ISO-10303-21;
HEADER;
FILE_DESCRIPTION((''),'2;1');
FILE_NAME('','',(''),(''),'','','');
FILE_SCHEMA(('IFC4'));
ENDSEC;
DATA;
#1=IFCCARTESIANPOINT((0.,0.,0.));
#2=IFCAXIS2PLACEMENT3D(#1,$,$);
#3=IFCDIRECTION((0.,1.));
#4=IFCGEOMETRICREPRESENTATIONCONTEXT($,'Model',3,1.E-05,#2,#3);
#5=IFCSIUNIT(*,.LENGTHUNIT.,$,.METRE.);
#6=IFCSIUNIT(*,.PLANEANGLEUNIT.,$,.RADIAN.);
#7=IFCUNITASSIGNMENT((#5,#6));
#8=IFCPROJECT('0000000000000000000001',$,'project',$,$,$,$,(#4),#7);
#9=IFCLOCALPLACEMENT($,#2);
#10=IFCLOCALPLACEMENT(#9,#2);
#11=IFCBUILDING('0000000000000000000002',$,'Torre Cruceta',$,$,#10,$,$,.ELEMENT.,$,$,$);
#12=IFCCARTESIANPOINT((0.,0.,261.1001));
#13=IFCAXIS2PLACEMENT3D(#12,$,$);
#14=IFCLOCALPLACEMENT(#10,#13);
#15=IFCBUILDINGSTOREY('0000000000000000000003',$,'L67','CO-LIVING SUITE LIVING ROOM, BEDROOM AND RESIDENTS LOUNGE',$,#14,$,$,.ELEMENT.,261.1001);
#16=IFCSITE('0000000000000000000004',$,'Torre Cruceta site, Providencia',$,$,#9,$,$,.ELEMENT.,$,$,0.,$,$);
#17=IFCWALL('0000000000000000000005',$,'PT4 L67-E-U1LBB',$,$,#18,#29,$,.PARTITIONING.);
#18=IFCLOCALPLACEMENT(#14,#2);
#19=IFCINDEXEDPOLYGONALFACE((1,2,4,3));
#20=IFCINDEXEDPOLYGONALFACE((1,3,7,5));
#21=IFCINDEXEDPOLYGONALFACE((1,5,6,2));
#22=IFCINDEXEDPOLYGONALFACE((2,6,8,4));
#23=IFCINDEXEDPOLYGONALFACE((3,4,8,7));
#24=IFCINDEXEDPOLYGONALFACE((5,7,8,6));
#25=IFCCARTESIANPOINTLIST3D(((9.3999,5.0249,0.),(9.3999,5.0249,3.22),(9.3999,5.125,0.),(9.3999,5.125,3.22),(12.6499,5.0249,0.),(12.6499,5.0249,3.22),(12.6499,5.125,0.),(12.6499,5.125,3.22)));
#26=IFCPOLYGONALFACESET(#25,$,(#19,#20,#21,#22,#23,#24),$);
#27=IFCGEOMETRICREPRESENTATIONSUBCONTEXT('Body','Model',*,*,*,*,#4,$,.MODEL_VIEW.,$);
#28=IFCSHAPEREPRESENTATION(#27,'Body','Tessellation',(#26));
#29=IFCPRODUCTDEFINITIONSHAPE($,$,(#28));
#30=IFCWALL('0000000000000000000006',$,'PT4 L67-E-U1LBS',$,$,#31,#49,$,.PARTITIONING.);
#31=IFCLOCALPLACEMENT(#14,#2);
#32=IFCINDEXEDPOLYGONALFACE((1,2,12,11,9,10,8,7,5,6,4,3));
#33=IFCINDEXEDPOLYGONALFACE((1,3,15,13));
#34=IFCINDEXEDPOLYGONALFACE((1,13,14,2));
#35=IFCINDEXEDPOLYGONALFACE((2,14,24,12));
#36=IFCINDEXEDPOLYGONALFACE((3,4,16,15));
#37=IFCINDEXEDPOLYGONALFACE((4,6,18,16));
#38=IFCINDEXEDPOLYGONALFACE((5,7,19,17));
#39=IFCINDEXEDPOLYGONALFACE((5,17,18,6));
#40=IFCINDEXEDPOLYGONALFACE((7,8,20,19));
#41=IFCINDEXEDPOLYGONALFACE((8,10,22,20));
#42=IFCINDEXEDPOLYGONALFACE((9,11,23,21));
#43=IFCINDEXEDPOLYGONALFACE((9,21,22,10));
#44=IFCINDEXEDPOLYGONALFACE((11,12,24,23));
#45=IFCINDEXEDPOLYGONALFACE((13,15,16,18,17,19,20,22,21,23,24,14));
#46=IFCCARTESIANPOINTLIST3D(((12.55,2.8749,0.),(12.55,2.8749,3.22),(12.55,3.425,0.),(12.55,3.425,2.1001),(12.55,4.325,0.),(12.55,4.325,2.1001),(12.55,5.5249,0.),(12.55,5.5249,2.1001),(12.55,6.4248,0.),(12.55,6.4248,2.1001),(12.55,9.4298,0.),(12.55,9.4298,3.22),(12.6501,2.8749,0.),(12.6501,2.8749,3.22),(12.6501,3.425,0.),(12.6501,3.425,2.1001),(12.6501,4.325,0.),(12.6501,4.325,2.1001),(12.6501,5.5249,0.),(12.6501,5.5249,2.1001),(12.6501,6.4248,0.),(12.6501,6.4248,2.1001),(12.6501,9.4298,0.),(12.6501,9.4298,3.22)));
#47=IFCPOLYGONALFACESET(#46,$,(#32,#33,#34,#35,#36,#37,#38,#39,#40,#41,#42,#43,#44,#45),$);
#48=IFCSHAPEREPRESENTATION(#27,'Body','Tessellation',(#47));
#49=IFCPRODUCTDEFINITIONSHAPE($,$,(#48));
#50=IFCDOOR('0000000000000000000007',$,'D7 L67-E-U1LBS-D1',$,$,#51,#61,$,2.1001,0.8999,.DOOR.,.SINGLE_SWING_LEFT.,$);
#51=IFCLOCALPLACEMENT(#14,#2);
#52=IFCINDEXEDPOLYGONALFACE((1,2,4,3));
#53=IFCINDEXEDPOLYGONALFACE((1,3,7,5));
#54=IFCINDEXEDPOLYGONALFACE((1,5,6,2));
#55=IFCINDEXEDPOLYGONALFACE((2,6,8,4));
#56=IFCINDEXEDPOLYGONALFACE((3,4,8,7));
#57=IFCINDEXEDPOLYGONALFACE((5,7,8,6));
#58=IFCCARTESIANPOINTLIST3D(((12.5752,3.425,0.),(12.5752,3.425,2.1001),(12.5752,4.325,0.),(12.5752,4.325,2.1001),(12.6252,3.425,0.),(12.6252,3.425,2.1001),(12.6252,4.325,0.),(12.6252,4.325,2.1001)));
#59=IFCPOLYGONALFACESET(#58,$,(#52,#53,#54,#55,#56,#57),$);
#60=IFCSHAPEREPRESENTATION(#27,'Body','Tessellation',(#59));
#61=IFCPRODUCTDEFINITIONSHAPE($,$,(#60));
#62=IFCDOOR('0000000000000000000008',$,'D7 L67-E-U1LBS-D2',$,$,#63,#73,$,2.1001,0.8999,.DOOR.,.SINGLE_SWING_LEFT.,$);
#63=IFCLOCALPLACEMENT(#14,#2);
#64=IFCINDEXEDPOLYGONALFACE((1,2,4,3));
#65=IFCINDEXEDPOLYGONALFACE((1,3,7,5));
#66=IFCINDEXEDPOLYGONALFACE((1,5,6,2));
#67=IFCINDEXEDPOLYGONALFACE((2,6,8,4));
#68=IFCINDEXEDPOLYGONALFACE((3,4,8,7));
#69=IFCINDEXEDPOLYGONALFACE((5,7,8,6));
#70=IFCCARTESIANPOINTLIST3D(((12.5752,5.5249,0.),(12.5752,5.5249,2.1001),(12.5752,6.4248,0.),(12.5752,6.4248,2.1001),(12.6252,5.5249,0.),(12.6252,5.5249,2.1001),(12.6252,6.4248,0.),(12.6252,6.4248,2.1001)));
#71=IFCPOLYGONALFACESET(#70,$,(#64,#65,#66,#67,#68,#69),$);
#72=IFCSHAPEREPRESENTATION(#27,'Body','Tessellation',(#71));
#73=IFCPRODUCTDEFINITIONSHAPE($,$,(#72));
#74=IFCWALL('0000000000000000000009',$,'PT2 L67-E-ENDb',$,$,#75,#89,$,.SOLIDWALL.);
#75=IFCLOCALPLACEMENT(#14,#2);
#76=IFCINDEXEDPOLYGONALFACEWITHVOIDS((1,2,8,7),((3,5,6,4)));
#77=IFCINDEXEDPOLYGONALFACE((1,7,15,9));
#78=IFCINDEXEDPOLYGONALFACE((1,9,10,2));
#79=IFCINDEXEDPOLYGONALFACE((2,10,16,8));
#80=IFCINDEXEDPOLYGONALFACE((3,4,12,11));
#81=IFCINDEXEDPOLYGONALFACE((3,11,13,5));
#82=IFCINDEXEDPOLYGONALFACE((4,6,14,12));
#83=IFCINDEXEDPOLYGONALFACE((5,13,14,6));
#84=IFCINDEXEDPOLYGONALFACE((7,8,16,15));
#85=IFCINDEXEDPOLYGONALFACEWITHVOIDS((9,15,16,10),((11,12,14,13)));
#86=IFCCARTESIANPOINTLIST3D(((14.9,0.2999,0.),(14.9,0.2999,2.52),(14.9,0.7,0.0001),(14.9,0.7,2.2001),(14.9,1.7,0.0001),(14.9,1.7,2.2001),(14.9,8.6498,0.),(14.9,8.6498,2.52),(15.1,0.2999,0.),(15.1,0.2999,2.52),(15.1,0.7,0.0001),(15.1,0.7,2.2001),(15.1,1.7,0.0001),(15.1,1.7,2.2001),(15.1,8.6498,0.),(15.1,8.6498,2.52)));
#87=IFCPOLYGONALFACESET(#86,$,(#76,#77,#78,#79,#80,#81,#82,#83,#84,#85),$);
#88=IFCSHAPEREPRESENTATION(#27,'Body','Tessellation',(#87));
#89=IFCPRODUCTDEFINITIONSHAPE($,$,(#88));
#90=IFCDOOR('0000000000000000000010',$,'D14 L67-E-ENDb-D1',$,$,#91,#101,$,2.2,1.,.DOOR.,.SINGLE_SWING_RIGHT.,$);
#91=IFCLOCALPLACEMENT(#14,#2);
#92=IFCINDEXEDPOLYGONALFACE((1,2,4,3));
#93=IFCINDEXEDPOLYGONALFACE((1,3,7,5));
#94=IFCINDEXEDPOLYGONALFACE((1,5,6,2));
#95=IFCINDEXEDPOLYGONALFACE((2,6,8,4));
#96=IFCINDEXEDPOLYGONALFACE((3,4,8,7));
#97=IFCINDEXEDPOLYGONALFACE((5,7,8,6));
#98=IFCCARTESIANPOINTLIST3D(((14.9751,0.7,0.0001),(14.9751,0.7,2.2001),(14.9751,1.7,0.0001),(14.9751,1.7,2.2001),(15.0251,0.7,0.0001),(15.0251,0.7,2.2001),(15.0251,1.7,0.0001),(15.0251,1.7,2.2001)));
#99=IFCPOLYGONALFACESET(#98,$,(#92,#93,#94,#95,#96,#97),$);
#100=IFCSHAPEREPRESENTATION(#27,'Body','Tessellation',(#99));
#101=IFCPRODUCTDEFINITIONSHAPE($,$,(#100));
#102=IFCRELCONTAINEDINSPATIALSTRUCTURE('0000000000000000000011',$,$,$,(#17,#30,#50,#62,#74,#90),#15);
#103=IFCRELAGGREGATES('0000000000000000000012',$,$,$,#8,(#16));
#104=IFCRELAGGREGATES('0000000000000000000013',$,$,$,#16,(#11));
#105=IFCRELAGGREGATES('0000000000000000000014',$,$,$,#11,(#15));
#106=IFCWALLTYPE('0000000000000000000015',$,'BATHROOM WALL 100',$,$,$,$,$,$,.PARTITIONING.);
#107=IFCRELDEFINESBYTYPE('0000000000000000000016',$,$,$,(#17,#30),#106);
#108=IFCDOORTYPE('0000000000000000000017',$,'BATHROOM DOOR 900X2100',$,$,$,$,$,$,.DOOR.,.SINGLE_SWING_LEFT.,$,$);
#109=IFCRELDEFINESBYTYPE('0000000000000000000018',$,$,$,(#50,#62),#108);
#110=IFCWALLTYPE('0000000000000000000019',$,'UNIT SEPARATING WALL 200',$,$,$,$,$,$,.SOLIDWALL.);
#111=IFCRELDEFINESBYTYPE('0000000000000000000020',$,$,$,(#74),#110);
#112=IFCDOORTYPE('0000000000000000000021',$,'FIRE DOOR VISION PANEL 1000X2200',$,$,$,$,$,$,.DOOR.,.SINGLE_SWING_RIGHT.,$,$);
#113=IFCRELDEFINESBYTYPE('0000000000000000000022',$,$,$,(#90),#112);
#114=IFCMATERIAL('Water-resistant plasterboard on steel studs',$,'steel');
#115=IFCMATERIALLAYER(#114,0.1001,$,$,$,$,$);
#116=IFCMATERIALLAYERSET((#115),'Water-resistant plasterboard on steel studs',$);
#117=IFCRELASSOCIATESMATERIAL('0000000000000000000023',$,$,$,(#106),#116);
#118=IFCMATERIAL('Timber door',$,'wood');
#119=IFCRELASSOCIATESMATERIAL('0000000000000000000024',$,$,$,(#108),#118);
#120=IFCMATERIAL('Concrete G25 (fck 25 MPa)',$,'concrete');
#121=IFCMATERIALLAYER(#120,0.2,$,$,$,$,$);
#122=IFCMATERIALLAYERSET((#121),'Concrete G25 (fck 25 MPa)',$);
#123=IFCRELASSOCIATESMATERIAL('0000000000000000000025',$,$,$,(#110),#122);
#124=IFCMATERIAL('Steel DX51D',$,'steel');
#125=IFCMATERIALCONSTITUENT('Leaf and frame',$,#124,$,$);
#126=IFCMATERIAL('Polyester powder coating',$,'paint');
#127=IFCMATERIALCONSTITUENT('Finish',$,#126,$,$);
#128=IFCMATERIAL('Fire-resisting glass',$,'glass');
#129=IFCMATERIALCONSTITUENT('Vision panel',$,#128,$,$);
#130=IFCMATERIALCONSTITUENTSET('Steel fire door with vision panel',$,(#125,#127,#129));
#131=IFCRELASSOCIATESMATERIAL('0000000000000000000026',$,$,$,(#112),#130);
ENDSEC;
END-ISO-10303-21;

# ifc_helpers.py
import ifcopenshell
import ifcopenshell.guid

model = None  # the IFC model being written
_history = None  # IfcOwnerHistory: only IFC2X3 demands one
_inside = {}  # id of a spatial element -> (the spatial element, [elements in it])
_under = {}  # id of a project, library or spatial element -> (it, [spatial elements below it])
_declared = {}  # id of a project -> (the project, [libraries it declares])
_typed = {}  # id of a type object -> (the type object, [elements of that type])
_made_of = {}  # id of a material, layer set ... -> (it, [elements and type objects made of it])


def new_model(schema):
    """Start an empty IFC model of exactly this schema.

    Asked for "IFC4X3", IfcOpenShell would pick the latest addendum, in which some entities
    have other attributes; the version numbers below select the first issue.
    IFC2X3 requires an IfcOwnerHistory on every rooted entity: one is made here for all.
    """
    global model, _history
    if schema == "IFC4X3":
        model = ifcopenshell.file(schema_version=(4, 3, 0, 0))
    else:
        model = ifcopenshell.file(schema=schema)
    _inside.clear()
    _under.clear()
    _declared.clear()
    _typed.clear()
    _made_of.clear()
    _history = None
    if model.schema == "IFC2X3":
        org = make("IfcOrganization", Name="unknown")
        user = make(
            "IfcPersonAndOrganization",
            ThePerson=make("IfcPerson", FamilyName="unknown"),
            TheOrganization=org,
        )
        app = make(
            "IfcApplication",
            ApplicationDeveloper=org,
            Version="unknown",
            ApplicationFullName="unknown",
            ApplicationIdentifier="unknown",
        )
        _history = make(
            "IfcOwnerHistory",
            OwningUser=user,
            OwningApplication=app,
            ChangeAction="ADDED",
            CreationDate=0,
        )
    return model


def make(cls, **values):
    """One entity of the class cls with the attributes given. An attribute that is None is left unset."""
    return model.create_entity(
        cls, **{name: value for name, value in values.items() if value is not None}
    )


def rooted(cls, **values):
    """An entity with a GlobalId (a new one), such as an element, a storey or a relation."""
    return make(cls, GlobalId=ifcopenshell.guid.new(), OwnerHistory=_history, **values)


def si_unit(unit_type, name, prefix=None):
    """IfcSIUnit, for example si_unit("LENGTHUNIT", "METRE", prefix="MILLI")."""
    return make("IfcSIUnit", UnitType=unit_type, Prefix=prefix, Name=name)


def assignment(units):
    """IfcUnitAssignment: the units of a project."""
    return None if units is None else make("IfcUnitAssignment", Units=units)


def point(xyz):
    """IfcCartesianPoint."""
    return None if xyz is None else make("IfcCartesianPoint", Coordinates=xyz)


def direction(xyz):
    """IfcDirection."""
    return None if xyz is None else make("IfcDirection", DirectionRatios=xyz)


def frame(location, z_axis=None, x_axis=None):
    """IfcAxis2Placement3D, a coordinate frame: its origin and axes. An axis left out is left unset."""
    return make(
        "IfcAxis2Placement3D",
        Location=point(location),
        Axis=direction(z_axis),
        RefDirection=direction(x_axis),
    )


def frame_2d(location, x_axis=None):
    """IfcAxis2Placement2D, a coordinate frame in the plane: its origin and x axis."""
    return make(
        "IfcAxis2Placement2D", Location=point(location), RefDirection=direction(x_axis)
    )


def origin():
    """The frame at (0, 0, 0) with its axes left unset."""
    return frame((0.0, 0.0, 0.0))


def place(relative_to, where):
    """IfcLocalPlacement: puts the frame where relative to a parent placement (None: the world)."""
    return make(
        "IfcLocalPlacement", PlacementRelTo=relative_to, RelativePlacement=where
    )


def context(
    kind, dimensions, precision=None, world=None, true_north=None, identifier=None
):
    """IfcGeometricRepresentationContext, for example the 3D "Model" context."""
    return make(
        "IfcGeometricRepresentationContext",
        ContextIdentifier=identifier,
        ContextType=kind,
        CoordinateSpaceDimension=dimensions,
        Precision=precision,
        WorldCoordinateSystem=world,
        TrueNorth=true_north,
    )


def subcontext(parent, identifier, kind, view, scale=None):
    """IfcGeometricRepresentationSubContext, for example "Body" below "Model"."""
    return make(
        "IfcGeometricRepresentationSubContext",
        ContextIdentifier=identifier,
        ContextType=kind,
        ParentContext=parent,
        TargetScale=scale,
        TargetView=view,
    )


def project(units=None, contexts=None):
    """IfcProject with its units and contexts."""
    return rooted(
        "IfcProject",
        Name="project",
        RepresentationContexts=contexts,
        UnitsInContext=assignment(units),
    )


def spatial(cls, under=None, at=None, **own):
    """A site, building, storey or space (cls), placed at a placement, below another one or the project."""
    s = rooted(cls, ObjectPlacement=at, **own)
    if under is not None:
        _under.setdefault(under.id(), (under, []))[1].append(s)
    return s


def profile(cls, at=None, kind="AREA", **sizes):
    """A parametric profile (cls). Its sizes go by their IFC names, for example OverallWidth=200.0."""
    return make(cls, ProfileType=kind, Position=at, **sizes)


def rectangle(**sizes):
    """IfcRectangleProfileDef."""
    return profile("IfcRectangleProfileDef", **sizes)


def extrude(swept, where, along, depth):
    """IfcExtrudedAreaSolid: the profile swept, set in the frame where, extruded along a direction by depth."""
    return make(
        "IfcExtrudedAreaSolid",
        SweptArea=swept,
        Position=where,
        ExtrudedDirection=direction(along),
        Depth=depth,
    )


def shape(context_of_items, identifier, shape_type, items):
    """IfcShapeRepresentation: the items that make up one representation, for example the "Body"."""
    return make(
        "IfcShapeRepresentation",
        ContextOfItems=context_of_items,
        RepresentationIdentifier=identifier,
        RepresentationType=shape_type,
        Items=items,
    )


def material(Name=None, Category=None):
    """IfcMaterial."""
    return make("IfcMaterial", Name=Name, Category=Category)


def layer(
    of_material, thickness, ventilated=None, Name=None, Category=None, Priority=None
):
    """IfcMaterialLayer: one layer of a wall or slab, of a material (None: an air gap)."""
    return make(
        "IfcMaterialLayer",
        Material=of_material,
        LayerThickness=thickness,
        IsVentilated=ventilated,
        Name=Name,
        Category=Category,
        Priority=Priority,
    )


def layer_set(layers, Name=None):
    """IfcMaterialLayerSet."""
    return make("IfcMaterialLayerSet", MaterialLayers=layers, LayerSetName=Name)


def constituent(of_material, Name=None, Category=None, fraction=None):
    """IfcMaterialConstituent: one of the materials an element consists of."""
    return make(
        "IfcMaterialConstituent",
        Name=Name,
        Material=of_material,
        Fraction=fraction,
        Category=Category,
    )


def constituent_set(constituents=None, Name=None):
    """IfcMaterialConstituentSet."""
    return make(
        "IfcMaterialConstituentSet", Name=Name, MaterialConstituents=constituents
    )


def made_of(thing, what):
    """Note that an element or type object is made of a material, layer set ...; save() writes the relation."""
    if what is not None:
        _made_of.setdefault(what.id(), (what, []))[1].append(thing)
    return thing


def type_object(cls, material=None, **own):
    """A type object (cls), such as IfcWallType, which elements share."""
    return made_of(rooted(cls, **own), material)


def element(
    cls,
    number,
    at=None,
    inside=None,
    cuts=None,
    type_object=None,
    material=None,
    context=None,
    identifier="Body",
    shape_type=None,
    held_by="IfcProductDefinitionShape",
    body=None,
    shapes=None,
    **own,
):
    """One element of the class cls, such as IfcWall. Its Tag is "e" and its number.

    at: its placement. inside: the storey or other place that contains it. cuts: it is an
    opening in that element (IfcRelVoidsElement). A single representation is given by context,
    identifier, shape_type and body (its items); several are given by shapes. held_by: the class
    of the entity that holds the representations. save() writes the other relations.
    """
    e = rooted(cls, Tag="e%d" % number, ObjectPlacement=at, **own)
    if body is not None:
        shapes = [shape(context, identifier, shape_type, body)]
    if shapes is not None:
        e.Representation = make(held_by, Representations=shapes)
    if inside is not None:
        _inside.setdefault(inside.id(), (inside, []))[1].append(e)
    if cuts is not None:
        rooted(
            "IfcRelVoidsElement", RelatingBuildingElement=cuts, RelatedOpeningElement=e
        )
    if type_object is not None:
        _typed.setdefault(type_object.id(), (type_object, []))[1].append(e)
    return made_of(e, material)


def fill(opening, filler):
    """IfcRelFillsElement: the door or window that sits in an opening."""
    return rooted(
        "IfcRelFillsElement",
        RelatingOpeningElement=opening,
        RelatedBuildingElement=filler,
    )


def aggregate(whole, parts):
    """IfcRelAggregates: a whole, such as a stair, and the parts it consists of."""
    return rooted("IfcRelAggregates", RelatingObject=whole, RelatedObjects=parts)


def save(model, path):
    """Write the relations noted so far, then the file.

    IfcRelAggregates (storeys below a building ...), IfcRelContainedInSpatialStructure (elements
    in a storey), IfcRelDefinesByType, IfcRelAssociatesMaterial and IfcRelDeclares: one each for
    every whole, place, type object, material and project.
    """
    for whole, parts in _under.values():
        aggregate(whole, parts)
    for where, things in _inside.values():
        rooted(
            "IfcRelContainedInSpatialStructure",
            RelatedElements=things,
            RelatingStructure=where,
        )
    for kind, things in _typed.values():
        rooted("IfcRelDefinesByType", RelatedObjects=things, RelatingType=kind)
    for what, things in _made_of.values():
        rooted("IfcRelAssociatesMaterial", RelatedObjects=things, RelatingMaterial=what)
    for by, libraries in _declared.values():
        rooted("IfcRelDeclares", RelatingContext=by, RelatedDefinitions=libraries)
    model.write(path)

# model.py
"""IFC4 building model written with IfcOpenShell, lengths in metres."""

from ifc_helpers import new_model, si_unit, direction, frame, frame_2d, origin, place, context, subcontext, project, spatial, rectangle, extrude, material, layer, layer_set, constituent, constituent_set, type_object, element, fill, save


model = new_model("IFC4")

# Units and contexts
model_context = context("Model", 3, precision=1e-05, world=origin(), true_north=direction((0.0, 1.0)))
body_context = subcontext(model_context, "Body", "Model", "MODEL_VIEW")
ifc_project = project(units=[si_unit("LENGTHUNIT", "METRE"), si_unit("PLANEANGLEUNIT", "RADIAN")], contexts=[model_context])

# Site, building, storey
site_placement = place(None, origin())
site = spatial("IfcSite", under=ifc_project, at=site_placement, Name="Torre Cruceta site, Providencia", CompositionType="ELEMENT", RefElevation=0.0)
building_placement = place(site_placement, origin())
building = spatial("IfcBuilding", under=site, at=building_placement, Name="Torre Cruceta", CompositionType="ELEMENT")
storey_placement = place(building_placement, frame((0.0, 0.0, 261.1001)))
storey = spatial("IfcBuildingStorey", under=building, at=storey_placement, Name="L67", Description="CO-LIVING SUITE LIVING ROOM, BEDROOM AND RESIDENTS LOUNGE", CompositionType="ELEMENT", Elevation=261.1001)

# Wall
ifc_material_1 = material(Name="Water-resistant plasterboard on steel studs", Category="steel")
ifc_layer_1 = layer(ifc_material_1, 0.1001)
ifc_layer_set_1 = layer_set([ifc_layer_1], Name="Water-resistant plasterboard on steel studs")
wall_type_1 = type_object("IfcWallType", Name="BATHROOM WALL 100", PredefinedType="PARTITIONING", material=ifc_layer_set_1)
wall_1_placement = place(storey_placement, frame((9.3999, 5.075, 0.0), z_axis=(0.0, 0.0, 1.0), x_axis=(1.0, 0.0, 0.0)))
element("IfcWall", 1, at=wall_1_placement, inside=storey, type_object=wall_type_1, Name="PT4 L67-E-U1LBB", PredefinedType="PARTITIONING", context=body_context, shape_type="SweptSolid", body=[
    extrude(rectangle(XDim=3.25, YDim=0.1001, at=frame_2d((1.625, 0.0))), origin(), (0.0, 0.0, 1.0), 3.22),
])

# Wall, openings, doors
wall_2_placement = place(storey_placement, frame((12.6001, 2.875, 0.0), z_axis=(0.0, 0.0, 1.0), x_axis=(0.0, 1.0, 0.0)))
wall_2 = element("IfcWall", 2, at=wall_2_placement, inside=storey, type_object=wall_type_1, Name="PT4 L67-E-U1LBS", PredefinedType="PARTITIONING", context=body_context, shape_type="SweptSolid", body=[
    extrude(rectangle(XDim=6.5549, YDim=0.1001, at=frame_2d((3.2773, 0.0))), origin(), (0.0, 0.0, 1.0), 3.22),
])
opening_1_placement = place(wall_2_placement, frame((0.55, 0.0, 0.0)))
opening_1 = element("IfcOpeningElement", 3, at=opening_1_placement, cuts=wall_2, PredefinedType="OPENING", context=body_context, shape_type="SweptSolid", body=[
    extrude(rectangle(XDim=0.8999, YDim=2.1001, at=frame_2d((0.45, 1.05))), frame((0.0, 0.0601, 0.0), z_axis=(0.0, -1.0, 0.0), x_axis=(1.0, 0.0, 0.0)), (0.0, 0.0, 1.0), 0.1201),
])
opening_2_placement = place(wall_2_placement, frame((2.6499, 0.0, 0.0)))
opening_2 = element("IfcOpeningElement", 4, at=opening_2_placement, cuts=wall_2, PredefinedType="OPENING", context=body_context, shape_type="SweptSolid", body=[
    extrude(rectangle(XDim=0.8999, YDim=2.1001, at=frame_2d((0.45, 1.05))), frame((0.0, 0.0601, 0.0), z_axis=(0.0, -1.0, 0.0), x_axis=(1.0, 0.0, 0.0)), (0.0, 0.0, 1.0), 0.1201),
])
ifc_material_2 = material(Name="Timber door", Category="wood")
door_type_1 = type_object("IfcDoorType", Name="BATHROOM DOOR 900X2100", OperationType="SINGLE_SWING_LEFT", PredefinedType="DOOR", material=ifc_material_2)
door_1_placement = place(opening_1_placement, origin())
door_1 = element("IfcDoor", 5, at=door_1_placement, inside=storey, type_object=door_type_1, Name="D7 L67-E-U1LBS-D1", OperationType="SINGLE_SWING_LEFT", OverallHeight=2.1001, OverallWidth=0.8999, PredefinedType="DOOR", context=body_context, shape_type="SweptSolid", body=[
    extrude(rectangle(XDim=0.8999, YDim=2.1001, at=frame_2d((0.45, 1.05))), frame((0.0, 0.0249, 0.0), z_axis=(0.0, -1.0, 0.0), x_axis=(1.0, 0.0, 0.0)), (0.0, 0.0, 1.0), 0.05),
])
fill(opening_1, door_1)
door_2_placement = place(opening_2_placement, origin())
door_2 = element("IfcDoor", 6, at=door_2_placement, inside=storey, type_object=door_type_1, Name="D7 L67-E-U1LBS-D2", OperationType="SINGLE_SWING_LEFT", OverallHeight=2.1001, OverallWidth=0.8999, PredefinedType="DOOR", context=body_context, shape_type="SweptSolid", body=[
    extrude(rectangle(XDim=0.8999, YDim=2.1001, at=frame_2d((0.45, 1.05))), frame((0.0, 0.0249, 0.0), z_axis=(0.0, -1.0, 0.0), x_axis=(1.0, 0.0, 0.0)), (0.0, 0.0, 1.0), 0.05),
])
fill(opening_2, door_2)

# Wall, opening, door
ifc_material_3 = material(Name="Concrete G25 (fck 25 MPa)", Category="concrete")
ifc_layer_2 = layer(ifc_material_3, 0.2)
ifc_layer_set_2 = layer_set([ifc_layer_2], Name="Concrete G25 (fck 25 MPa)")
wall_type_2 = type_object("IfcWallType", Name="UNIT SEPARATING WALL 200", PredefinedType="SOLIDWALL", material=ifc_layer_set_2)
wall_3_placement = place(storey_placement, frame((15.0, 0.3, 0.0), z_axis=(0.0, 0.0, 1.0), x_axis=(0.0, 1.0, 0.0)))
wall_3 = element("IfcWall", 7, at=wall_3_placement, inside=storey, type_object=wall_type_2, Name="PT2 L67-E-ENDb", PredefinedType="SOLIDWALL", context=body_context, shape_type="SweptSolid", body=[
    extrude(rectangle(XDim=8.3499, YDim=0.2, at=frame_2d((4.1748, 0.0))), origin(), (0.0, 0.0, 1.0), 2.52),
])
opening_3_placement = place(wall_3_placement, frame((0.3999, 0.0, 0.0)))
opening_3 = element("IfcOpeningElement", 8, at=opening_3_placement, cuts=wall_3, PredefinedType="OPENING", context=body_context, shape_type="SweptSolid", body=[
    extrude(rectangle(XDim=1.0, YDim=2.2, at=frame_2d((0.5, 1.1001))), frame((0.0, 0.1099, 0.0), z_axis=(0.0, -1.0, 0.0), x_axis=(1.0, 0.0, 0.0)), (0.0, 0.0, 1.0), 0.22),
])
ifc_material_4 = material(Name="Steel DX51D", Category="steel")
ifc_constituent_1 = constituent(ifc_material_4, Name="Leaf and frame")
ifc_material_5 = material(Name="Polyester powder coating", Category="paint")
ifc_constituent_2 = constituent(ifc_material_5, Name="Finish")
ifc_material_6 = material(Name="Fire-resisting glass", Category="glass")
ifc_constituent_3 = constituent(ifc_material_6, Name="Vision panel")
ifc_constituent_set = constituent_set(constituents=[ifc_constituent_1, ifc_constituent_2, ifc_constituent_3], Name="Steel fire door with vision panel")
door_type_2 = type_object("IfcDoorType", Name="FIRE DOOR VISION PANEL 1000X2200", OperationType="SINGLE_SWING_RIGHT", PredefinedType="DOOR", material=ifc_constituent_set)
door_3_placement = place(opening_3_placement, frame((1.0, 0.0, 0.0), z_axis=(0.0, 0.0, 1.0), x_axis=(-1.0, 0.0, 0.0)))
door_3 = element("IfcDoor", 9, at=door_3_placement, inside=storey, type_object=door_type_2, Name="D14 L67-E-ENDb-D1", OperationType="SINGLE_SWING_RIGHT", OverallHeight=2.2, OverallWidth=1.0, PredefinedType="DOOR", context=body_context, shape_type="SweptSolid", body=[
    extrude(rectangle(XDim=1.0, YDim=2.2, at=frame_2d((0.5, 1.1001))), frame((0.0, 0.0251, 0.0), z_axis=(0.0, -1.0, 0.0), x_axis=(1.0, 0.0, 0.0)), (0.0, 0.0, 1.0), 0.05),
])
fill(opening_3, door_3)

save(model, "model.ifc")
